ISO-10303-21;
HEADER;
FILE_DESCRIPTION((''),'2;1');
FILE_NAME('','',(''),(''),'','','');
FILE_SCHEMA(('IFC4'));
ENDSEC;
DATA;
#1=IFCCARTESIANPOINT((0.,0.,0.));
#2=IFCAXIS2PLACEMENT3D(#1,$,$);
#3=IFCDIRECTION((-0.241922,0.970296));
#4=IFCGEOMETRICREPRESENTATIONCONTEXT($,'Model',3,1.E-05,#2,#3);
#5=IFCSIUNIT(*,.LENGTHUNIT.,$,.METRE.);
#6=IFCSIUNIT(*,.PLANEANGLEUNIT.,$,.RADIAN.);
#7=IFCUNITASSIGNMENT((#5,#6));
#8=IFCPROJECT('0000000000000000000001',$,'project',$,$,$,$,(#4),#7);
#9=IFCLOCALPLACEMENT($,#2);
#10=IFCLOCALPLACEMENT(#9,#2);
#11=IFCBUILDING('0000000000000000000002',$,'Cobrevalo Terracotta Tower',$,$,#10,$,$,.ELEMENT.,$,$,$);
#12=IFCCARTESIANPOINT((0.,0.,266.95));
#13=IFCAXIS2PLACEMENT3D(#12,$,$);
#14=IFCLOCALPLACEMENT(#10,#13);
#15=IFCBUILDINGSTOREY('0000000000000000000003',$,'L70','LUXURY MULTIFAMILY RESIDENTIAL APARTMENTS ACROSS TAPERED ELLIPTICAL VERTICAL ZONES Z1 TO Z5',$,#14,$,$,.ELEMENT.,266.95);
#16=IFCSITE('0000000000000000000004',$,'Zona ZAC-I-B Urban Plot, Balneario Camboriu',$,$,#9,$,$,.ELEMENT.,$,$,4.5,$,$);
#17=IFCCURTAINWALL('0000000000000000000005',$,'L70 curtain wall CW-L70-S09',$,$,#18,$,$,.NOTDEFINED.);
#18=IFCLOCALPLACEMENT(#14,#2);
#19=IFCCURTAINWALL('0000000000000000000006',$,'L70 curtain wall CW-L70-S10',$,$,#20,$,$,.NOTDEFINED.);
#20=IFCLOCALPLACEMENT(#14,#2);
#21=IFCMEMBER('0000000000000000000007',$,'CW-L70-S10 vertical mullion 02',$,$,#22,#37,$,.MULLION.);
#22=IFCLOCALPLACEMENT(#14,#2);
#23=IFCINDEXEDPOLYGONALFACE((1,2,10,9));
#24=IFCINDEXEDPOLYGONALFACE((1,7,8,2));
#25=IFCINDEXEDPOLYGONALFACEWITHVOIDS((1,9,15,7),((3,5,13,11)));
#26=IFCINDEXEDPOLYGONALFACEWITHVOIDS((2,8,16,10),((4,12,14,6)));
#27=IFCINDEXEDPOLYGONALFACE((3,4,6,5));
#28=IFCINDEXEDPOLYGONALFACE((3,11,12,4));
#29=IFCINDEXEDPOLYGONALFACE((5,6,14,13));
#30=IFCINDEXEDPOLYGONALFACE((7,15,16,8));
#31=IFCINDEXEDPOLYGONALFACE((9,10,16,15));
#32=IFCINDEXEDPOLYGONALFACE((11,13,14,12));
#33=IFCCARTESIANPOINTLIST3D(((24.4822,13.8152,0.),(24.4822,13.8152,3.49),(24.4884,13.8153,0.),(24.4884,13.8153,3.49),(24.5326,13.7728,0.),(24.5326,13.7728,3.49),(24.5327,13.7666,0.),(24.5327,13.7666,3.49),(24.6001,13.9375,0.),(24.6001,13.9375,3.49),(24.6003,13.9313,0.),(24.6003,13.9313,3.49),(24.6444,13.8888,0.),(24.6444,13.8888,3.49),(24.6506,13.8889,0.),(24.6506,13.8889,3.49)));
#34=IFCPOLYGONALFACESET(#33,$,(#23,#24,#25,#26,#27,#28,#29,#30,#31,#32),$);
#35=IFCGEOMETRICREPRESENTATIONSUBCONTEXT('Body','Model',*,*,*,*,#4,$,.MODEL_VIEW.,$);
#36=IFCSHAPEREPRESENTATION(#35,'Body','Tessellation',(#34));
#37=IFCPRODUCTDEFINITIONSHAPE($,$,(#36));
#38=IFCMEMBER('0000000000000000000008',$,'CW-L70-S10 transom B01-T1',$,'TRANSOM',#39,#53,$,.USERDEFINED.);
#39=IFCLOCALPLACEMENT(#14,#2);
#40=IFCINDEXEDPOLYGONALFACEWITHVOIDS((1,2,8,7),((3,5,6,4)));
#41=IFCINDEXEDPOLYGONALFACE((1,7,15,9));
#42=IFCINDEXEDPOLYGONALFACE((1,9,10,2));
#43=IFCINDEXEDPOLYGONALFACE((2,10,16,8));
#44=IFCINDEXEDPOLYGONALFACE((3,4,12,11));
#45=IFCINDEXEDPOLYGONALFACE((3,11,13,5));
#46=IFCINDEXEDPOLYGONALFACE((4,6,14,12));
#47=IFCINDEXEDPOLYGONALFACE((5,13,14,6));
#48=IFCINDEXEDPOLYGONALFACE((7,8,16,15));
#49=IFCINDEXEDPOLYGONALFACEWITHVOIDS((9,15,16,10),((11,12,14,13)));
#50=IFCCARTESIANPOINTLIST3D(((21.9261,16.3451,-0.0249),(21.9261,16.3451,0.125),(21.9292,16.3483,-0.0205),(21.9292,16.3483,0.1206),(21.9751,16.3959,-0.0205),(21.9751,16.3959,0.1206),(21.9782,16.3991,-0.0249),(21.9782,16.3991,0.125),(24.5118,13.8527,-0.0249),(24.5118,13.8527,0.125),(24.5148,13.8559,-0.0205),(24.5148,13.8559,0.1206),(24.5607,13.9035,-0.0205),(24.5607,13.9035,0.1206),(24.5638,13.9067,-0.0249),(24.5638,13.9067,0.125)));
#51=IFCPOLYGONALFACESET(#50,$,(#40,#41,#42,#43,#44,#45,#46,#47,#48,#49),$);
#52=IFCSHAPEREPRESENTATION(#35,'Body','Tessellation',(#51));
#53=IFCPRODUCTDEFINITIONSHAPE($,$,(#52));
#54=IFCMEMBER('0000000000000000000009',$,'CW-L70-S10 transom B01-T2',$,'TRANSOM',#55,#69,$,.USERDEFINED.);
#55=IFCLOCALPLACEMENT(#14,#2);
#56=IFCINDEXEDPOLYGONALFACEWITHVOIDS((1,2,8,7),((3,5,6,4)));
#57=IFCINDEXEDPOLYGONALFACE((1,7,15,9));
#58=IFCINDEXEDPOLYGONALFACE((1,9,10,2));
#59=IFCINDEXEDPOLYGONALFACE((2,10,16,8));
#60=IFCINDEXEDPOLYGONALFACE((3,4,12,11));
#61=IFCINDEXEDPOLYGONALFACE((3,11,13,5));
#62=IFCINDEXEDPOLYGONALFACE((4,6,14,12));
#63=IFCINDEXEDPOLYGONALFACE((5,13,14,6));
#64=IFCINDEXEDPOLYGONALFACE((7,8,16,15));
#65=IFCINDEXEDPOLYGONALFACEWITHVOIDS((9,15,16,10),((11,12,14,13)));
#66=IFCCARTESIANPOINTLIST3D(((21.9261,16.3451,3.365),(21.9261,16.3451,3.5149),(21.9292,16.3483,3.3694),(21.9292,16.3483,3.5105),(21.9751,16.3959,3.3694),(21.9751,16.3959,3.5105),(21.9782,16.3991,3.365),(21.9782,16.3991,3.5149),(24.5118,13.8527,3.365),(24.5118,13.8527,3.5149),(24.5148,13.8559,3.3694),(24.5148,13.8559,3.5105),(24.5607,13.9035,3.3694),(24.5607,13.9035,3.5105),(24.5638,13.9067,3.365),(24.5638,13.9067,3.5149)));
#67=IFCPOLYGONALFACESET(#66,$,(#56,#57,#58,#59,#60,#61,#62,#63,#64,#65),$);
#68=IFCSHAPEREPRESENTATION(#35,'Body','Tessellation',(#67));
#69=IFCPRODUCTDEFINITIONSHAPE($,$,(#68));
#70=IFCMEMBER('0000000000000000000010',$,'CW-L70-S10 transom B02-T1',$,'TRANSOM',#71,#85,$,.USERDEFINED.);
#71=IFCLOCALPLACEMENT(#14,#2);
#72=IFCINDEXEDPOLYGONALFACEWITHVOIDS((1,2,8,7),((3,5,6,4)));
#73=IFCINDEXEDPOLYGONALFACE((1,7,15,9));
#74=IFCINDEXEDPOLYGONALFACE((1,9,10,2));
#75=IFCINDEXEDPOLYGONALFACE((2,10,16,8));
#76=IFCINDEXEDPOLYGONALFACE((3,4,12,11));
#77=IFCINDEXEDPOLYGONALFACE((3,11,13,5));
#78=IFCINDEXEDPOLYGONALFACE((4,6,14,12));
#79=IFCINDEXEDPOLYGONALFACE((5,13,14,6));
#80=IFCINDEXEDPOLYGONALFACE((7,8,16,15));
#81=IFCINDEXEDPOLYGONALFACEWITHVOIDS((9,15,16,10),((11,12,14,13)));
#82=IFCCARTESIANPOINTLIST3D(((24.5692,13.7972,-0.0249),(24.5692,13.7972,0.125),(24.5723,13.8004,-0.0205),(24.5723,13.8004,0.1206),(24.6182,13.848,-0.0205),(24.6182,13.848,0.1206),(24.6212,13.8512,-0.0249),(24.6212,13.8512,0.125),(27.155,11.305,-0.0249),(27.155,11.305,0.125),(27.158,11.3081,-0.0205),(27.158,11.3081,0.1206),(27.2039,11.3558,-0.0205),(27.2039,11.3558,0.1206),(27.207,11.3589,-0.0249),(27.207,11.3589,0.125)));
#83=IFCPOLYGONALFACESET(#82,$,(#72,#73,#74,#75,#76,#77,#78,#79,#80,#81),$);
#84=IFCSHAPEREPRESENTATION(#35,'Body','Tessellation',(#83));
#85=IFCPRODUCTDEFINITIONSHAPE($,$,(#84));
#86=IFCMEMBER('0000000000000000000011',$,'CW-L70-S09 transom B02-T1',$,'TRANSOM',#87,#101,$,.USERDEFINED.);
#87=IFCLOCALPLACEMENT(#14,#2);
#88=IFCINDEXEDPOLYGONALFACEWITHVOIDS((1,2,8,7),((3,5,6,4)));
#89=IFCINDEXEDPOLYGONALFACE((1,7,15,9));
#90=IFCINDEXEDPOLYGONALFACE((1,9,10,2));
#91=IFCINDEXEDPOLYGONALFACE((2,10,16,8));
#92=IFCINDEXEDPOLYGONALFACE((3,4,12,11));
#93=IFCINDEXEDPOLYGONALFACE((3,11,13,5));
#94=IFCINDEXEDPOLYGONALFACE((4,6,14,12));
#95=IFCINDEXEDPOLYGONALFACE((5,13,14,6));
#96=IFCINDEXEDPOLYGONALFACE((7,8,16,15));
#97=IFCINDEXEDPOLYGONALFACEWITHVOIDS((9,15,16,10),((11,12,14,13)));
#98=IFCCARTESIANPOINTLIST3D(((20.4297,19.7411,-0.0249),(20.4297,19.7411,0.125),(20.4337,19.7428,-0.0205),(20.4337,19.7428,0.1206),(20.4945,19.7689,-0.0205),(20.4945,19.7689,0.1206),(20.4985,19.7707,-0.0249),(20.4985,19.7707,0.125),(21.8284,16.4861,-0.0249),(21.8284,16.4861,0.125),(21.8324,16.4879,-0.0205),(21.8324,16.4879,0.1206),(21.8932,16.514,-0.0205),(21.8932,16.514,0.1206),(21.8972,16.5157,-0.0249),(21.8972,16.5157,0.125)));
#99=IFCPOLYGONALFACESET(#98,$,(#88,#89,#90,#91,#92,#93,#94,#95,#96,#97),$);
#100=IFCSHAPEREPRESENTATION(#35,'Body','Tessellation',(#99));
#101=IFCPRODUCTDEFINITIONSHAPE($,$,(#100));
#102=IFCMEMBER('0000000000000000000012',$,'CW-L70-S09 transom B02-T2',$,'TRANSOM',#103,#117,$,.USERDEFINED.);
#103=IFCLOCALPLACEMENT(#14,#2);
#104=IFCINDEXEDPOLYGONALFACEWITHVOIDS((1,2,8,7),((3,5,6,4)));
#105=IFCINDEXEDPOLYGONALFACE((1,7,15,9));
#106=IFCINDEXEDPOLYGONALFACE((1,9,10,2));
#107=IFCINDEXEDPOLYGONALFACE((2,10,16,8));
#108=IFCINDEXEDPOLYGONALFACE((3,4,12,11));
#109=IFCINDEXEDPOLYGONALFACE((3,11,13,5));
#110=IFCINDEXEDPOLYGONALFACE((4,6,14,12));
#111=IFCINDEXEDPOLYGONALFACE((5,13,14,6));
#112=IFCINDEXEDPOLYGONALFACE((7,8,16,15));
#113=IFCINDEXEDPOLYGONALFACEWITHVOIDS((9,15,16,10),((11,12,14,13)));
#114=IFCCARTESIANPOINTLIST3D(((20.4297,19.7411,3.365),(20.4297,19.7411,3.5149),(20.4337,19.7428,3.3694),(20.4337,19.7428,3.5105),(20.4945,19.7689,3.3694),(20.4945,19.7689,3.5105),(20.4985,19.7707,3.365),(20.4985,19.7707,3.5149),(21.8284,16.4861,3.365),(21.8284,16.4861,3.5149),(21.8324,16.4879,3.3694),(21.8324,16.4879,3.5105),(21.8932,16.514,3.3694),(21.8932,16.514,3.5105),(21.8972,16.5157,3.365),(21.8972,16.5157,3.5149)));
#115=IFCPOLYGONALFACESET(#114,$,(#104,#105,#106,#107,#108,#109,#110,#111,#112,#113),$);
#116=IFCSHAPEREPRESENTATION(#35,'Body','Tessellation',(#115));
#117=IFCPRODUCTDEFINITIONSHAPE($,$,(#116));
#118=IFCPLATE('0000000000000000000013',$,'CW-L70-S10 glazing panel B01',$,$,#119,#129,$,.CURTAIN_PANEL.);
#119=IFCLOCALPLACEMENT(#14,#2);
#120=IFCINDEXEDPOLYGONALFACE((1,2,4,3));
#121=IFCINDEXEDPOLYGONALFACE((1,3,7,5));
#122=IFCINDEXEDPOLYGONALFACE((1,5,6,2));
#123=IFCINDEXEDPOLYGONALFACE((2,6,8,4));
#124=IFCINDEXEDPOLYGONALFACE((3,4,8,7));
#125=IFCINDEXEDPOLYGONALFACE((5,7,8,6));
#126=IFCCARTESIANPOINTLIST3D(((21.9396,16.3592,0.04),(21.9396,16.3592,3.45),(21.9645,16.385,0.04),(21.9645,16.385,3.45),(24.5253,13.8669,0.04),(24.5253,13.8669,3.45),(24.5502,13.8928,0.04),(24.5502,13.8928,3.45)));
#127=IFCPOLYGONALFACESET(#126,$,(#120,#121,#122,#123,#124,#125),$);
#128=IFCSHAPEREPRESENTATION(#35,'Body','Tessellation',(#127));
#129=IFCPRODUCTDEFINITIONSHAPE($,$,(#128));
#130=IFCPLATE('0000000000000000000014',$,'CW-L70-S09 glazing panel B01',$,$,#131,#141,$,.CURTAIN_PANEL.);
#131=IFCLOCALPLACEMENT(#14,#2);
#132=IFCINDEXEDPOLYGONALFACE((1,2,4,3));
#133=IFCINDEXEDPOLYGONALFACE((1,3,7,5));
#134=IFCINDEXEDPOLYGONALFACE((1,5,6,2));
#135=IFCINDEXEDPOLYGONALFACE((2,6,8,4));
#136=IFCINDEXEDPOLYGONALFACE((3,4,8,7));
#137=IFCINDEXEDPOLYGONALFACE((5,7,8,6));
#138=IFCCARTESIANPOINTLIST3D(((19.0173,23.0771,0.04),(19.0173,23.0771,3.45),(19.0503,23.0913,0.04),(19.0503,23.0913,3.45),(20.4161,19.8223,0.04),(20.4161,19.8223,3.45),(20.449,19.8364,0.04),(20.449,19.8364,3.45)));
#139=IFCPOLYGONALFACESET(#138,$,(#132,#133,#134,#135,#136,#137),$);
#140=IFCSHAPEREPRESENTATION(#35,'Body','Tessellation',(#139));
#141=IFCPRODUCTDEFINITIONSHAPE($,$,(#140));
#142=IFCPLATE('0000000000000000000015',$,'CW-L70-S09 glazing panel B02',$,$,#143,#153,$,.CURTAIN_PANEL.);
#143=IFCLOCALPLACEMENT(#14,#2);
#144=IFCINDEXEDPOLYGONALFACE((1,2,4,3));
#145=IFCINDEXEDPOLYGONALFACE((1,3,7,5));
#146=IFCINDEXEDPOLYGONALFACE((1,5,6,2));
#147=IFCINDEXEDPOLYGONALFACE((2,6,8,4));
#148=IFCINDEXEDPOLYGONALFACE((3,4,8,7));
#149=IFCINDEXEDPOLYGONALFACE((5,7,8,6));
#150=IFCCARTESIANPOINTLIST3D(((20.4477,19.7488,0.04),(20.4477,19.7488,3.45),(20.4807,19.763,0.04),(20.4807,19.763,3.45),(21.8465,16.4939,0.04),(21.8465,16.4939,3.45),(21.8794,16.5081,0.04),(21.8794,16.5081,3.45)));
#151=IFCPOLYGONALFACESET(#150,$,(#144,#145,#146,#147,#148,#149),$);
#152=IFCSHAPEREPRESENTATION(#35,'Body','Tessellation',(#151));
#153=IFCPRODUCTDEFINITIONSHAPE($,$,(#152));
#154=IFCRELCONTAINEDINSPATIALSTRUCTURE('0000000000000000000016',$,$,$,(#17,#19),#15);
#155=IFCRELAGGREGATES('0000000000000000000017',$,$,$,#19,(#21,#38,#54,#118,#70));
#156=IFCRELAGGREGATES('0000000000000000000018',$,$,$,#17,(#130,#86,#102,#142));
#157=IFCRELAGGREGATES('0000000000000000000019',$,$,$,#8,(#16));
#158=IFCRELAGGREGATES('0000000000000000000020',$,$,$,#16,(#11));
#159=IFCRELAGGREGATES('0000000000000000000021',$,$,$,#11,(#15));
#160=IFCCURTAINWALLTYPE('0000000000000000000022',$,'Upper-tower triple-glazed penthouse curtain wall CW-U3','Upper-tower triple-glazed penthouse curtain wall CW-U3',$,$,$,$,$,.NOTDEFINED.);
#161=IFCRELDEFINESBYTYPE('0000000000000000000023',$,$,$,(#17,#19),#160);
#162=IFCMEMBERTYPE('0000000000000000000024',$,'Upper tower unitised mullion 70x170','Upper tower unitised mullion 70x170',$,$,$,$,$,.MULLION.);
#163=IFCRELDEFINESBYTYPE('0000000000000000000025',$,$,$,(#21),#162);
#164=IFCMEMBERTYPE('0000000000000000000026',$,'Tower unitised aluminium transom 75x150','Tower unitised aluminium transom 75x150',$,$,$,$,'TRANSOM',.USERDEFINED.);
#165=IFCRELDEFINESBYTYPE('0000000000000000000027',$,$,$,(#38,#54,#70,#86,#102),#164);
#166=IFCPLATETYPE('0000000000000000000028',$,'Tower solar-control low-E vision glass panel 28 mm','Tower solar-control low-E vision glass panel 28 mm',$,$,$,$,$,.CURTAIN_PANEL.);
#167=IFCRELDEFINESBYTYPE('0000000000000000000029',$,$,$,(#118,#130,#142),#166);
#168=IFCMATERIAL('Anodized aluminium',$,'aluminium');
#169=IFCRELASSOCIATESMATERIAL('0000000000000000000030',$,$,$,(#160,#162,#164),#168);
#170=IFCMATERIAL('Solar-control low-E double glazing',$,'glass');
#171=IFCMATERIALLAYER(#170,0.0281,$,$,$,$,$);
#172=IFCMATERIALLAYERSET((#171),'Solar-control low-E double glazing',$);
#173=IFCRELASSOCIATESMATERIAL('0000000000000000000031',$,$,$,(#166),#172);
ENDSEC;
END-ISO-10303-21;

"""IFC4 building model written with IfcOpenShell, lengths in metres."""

from ifc_helpers import new_model, si_unit, direction, frame, origin, origin_2d, place, context, subcontext, project, spatial, rectangle, hollow_rectangle, extrude, source, transform, mapped, material, layer, layer_set, material_profile, profile_set, type_object, element, aggregate, save


model = new_model("IFC4")

# Units and contexts
model_context = context("Model", 3, precision=1e-05, world=origin(), true_north=direction((-0.241922, 0.970296)))
body_context = subcontext(model_context, "Body", "Model", "MODEL_VIEW")
ifc_project = project(units=[si_unit("LENGTHUNIT", "METRE"), si_unit("PLANEANGLEUNIT", "RADIAN")], contexts=[model_context])

# Site, building, storey
site_placement = place(None, origin())
site = spatial("IfcSite", under=ifc_project, at=site_placement, Name="Zona ZAC-I-B Urban Plot, Balneario Camboriu", CompositionType="ELEMENT", RefElevation=4.5)
building_placement = place(site_placement, origin())
building = spatial("IfcBuilding", under=site, at=building_placement, Name="Cobrevalo Terracotta Tower", CompositionType="ELEMENT")
storey_placement = place(building_placement, frame((0.0, 0.0, 266.95)))
storey = spatial("IfcBuildingStorey", under=building, at=storey_placement, Name="L70", Description="LUXURY MULTIFAMILY RESIDENTIAL APARTMENTS ACROSS TAPERED ELLIPTICAL VERTICAL ZONES Z1 TO Z5", CompositionType="ELEMENT", Elevation=266.95)

# Curtain walls, members
ifc_material_1 = material(Name="Anodized aluminium", Category="aluminium")
curtain_wall_type = type_object("IfcCurtainWallType", Name="Upper-tower triple-glazed penthouse curtain wall CW-U3", Description="Upper-tower triple-glazed penthouse curtain wall CW-U3", PredefinedType="NOTDEFINED", material=ifc_material_1)
curtain_wall_1_placement = place(storey_placement, origin())
curtain_wall_1 = element("IfcCurtainWall", 1, at=curtain_wall_1_placement, inside=storey, type_object=curtain_wall_type, Name="L70 curtain wall CW-L70-S09", PredefinedType="NOTDEFINED")
ifc_material_profile_1 = material_profile(ifc_material_1, hollow_rectangle(XDim=0.0701, YDim=0.1699, WallThickness=0.0044, at=origin_2d()), Name="CWM 70x170")
ifc_profile_set_1 = profile_set([ifc_material_profile_1], Name="Anodized aluminium")
member_type_1 = type_object("IfcMemberType", Name="Upper tower unitised mullion 70x170", Description="Upper tower unitised mullion 70x170", PredefinedType="MULLION", material=ifc_profile_set_1)
shared_shape_1 = source(origin(), body_context, "Body", "SweptSolid", [
    extrude(hollow_rectangle(XDim=0.0701, YDim=0.1699, WallThickness=0.0044, at=origin_2d()), origin(), (0.0, 0.0, 1.0), 3.49),
])
curtain_wall_2_placement = place(storey_placement, origin())
curtain_wall_2 = element("IfcCurtainWall", 2, at=curtain_wall_2_placement, inside=storey, type_object=curtain_wall_type, Name="L70 curtain wall CW-L70-S10", PredefinedType="NOTDEFINED")
member_1_placement = place(storey_placement, frame((24.5664, 13.8521, 0.0), z_axis=(0.0, 0.0, 1.0), x_axis=(0.719994, -0.69398, 0.0)))
member_1 = element("IfcMember", 3, at=member_1_placement, type_object=member_type_1, Name="CW-L70-S10 vertical mullion 02", PredefinedType="MULLION", context=body_context, shape_type="MappedRepresentation", body=[
    mapped(shared_shape_1, transform((0.0, 0.0, 0.0), scale=1.0)),
])
ifc_material_profile_2 = material_profile(ifc_material_1, hollow_rectangle(XDim=0.075, YDim=0.1499, WallThickness=0.0044, at=origin_2d()), Name="CWT 75x150")
ifc_profile_set_2 = profile_set([ifc_material_profile_2], Name="Anodized aluminium")
member_type_2 = type_object("IfcMemberType", Name="Tower unitised aluminium transom 75x150", Description="Tower unitised aluminium transom 75x150", ElementType="TRANSOM", PredefinedType="USERDEFINED", material=ifc_profile_set_2)
shared_shape_2 = source(origin(), body_context, "Body", "SweptSolid", [
    extrude(hollow_rectangle(XDim=0.075, YDim=0.1499, WallThickness=0.0044, at=origin_2d()), origin(), (0.0, 0.0, 1.0), 3.5913),
])
member_2_placement = place(storey_placement, frame((21.9521, 16.3721, 0.05), z_axis=(0.719972, -0.694003, 0.0), x_axis=(0.694003, 0.719972, 0.0)))
member_2 = element("IfcMember", 4, at=member_2_placement, type_object=member_type_2, Name="CW-L70-S10 transom B01-T1", ObjectType="TRANSOM", PredefinedType="USERDEFINED", context=body_context, shape_type="MappedRepresentation", body=[
    mapped(shared_shape_2, transform((0.0, 0.0, 0.0), scale=1.0)),
])
member_3_placement = place(storey_placement, frame((21.9521, 16.3721, 3.4399), z_axis=(0.719972, -0.694003, 0.0), x_axis=(0.694003, 0.719972, 0.0)))
member_3 = element("IfcMember", 5, at=member_3_placement, type_object=member_type_2, Name="CW-L70-S10 transom B01-T2", ObjectType="TRANSOM", PredefinedType="USERDEFINED", context=body_context, shape_type="MappedRepresentation", body=[
    mapped(shared_shape_2, transform((0.0, 0.0, 0.0), scale=1.0)),
])
member_4_placement = place(storey_placement, frame((24.5952, 13.8242, 0.05), z_axis=(0.720006, -0.693968, 0.0), x_axis=(0.693968, 0.720006, 0.0)))
member_4 = element("IfcMember", 6, at=member_4_placement, type_object=member_type_2, Name="CW-L70-S10 transom B02-T1", ObjectType="TRANSOM", PredefinedType="USERDEFINED", context=body_context, shape_type="MappedRepresentation", body=[
    mapped(shared_shape_2, transform((0.0, 0.0, 0.0), scale=1.0)),
])

# Members
shared_shape_3 = source(origin(), body_context, "Body", "SweptSolid", [
    extrude(hollow_rectangle(XDim=0.075, YDim=0.1499, WallThickness=0.0044, at=origin_2d()), origin(), (0.0, 0.0, 1.0), 3.5427),
])
member_5_placement = place(storey_placement, frame((20.4641, 19.7559, 0.05), z_axis=(0.394809, -0.918763, 0.0), x_axis=(0.918763, 0.394809, 0.0)))
member_5 = element("IfcMember", 7, at=member_5_placement, type_object=member_type_2, Name="CW-L70-S09 transom B02-T1", ObjectType="TRANSOM", PredefinedType="USERDEFINED", context=body_context, shape_type="MappedRepresentation", body=[
    mapped(shared_shape_3, transform((0.0, 0.0, 0.0), scale=1.0)),
])
member_6_placement = place(storey_placement, frame((20.4641, 19.7559, 3.4399), z_axis=(0.394809, -0.918763, 0.0), x_axis=(0.918763, 0.394809, 0.0)))
member_6 = element("IfcMember", 8, at=member_6_placement, type_object=member_type_2, Name="CW-L70-S09 transom B02-T2", ObjectType="TRANSOM", PredefinedType="USERDEFINED", context=body_context, shape_type="MappedRepresentation", body=[
    mapped(shared_shape_3, transform((0.0, 0.0, 0.0), scale=1.0)),
])

# Plates
ifc_material_2 = material(Name="Solar-control low-E double glazing", Category="glass")
ifc_layer_1 = layer(ifc_material_2, 0.0281)
ifc_layer_set_1 = layer_set([ifc_layer_1], Name="Solar-control low-E double glazing")
plate_type = type_object("IfcPlateType", Name="Tower solar-control low-E vision glass panel 28 mm", Description="Tower solar-control low-E vision glass panel 28 mm", PredefinedType="CURTAIN_PANEL", material=ifc_layer_set_1)
shared_shape_4 = source(origin(), body_context, "Body", "SweptSolid", [
    extrude(rectangle(XDim=3.5913, YDim=0.0359, at=origin_2d()), origin(), (0.0, 0.0, 1.0), 3.4099),
])
plate_1_placement = place(storey_placement, frame((23.2449, 15.126, 0.04), z_axis=(0.0, 0.0, 1.0), x_axis=(0.719997, -0.693978, 0.0)))
plate_1 = element("IfcPlate", 9, at=plate_1_placement, type_object=plate_type, Name="CW-L70-S10 glazing panel B01", PredefinedType="CURTAIN_PANEL", context=body_context, shape_type="MappedRepresentation", body=[
    mapped(shared_shape_4, transform((0.0, 0.0, 0.0), scale=1.0)),
])
aggregate(curtain_wall_2, [member_1, member_2, member_3, plate_1, member_4])
shared_shape_5 = source(origin(), body_context, "Body", "SweptSolid", [
    extrude(rectangle(XDim=3.5427, YDim=0.0359, at=origin_2d()), origin(), (0.0, 0.0, 1.0), 3.4099),
])
plate_2_placement = place(storey_placement, frame((19.7332, 21.4568, 0.04), z_axis=(0.0, 0.0, 1.0), x_axis=(0.394829, -0.918755, 0.0)))
plate_2 = element("IfcPlate", 10, at=plate_2_placement, type_object=plate_type, Name="CW-L70-S09 glazing panel B01", PredefinedType="CURTAIN_PANEL", context=body_context, shape_type="MappedRepresentation", body=[
    mapped(shared_shape_5, transform((0.0, 0.0, 0.0), scale=1.0)),
])
plate_3_placement = place(storey_placement, frame((21.1636, 18.1284, 0.04), z_axis=(0.0, 0.0, 1.0), x_axis=(0.394829, -0.918755, 0.0)))
plate_3 = element("IfcPlate", 11, at=plate_3_placement, type_object=plate_type, Name="CW-L70-S09 glazing panel B02", PredefinedType="CURTAIN_PANEL", context=body_context, shape_type="MappedRepresentation", body=[
    mapped(shared_shape_5, transform((0.0, 0.0, 0.0), scale=1.0)),
])
aggregate(curtain_wall_1, [plate_2, member_5, member_6, plate_3])

save(model, "model.ifc")
